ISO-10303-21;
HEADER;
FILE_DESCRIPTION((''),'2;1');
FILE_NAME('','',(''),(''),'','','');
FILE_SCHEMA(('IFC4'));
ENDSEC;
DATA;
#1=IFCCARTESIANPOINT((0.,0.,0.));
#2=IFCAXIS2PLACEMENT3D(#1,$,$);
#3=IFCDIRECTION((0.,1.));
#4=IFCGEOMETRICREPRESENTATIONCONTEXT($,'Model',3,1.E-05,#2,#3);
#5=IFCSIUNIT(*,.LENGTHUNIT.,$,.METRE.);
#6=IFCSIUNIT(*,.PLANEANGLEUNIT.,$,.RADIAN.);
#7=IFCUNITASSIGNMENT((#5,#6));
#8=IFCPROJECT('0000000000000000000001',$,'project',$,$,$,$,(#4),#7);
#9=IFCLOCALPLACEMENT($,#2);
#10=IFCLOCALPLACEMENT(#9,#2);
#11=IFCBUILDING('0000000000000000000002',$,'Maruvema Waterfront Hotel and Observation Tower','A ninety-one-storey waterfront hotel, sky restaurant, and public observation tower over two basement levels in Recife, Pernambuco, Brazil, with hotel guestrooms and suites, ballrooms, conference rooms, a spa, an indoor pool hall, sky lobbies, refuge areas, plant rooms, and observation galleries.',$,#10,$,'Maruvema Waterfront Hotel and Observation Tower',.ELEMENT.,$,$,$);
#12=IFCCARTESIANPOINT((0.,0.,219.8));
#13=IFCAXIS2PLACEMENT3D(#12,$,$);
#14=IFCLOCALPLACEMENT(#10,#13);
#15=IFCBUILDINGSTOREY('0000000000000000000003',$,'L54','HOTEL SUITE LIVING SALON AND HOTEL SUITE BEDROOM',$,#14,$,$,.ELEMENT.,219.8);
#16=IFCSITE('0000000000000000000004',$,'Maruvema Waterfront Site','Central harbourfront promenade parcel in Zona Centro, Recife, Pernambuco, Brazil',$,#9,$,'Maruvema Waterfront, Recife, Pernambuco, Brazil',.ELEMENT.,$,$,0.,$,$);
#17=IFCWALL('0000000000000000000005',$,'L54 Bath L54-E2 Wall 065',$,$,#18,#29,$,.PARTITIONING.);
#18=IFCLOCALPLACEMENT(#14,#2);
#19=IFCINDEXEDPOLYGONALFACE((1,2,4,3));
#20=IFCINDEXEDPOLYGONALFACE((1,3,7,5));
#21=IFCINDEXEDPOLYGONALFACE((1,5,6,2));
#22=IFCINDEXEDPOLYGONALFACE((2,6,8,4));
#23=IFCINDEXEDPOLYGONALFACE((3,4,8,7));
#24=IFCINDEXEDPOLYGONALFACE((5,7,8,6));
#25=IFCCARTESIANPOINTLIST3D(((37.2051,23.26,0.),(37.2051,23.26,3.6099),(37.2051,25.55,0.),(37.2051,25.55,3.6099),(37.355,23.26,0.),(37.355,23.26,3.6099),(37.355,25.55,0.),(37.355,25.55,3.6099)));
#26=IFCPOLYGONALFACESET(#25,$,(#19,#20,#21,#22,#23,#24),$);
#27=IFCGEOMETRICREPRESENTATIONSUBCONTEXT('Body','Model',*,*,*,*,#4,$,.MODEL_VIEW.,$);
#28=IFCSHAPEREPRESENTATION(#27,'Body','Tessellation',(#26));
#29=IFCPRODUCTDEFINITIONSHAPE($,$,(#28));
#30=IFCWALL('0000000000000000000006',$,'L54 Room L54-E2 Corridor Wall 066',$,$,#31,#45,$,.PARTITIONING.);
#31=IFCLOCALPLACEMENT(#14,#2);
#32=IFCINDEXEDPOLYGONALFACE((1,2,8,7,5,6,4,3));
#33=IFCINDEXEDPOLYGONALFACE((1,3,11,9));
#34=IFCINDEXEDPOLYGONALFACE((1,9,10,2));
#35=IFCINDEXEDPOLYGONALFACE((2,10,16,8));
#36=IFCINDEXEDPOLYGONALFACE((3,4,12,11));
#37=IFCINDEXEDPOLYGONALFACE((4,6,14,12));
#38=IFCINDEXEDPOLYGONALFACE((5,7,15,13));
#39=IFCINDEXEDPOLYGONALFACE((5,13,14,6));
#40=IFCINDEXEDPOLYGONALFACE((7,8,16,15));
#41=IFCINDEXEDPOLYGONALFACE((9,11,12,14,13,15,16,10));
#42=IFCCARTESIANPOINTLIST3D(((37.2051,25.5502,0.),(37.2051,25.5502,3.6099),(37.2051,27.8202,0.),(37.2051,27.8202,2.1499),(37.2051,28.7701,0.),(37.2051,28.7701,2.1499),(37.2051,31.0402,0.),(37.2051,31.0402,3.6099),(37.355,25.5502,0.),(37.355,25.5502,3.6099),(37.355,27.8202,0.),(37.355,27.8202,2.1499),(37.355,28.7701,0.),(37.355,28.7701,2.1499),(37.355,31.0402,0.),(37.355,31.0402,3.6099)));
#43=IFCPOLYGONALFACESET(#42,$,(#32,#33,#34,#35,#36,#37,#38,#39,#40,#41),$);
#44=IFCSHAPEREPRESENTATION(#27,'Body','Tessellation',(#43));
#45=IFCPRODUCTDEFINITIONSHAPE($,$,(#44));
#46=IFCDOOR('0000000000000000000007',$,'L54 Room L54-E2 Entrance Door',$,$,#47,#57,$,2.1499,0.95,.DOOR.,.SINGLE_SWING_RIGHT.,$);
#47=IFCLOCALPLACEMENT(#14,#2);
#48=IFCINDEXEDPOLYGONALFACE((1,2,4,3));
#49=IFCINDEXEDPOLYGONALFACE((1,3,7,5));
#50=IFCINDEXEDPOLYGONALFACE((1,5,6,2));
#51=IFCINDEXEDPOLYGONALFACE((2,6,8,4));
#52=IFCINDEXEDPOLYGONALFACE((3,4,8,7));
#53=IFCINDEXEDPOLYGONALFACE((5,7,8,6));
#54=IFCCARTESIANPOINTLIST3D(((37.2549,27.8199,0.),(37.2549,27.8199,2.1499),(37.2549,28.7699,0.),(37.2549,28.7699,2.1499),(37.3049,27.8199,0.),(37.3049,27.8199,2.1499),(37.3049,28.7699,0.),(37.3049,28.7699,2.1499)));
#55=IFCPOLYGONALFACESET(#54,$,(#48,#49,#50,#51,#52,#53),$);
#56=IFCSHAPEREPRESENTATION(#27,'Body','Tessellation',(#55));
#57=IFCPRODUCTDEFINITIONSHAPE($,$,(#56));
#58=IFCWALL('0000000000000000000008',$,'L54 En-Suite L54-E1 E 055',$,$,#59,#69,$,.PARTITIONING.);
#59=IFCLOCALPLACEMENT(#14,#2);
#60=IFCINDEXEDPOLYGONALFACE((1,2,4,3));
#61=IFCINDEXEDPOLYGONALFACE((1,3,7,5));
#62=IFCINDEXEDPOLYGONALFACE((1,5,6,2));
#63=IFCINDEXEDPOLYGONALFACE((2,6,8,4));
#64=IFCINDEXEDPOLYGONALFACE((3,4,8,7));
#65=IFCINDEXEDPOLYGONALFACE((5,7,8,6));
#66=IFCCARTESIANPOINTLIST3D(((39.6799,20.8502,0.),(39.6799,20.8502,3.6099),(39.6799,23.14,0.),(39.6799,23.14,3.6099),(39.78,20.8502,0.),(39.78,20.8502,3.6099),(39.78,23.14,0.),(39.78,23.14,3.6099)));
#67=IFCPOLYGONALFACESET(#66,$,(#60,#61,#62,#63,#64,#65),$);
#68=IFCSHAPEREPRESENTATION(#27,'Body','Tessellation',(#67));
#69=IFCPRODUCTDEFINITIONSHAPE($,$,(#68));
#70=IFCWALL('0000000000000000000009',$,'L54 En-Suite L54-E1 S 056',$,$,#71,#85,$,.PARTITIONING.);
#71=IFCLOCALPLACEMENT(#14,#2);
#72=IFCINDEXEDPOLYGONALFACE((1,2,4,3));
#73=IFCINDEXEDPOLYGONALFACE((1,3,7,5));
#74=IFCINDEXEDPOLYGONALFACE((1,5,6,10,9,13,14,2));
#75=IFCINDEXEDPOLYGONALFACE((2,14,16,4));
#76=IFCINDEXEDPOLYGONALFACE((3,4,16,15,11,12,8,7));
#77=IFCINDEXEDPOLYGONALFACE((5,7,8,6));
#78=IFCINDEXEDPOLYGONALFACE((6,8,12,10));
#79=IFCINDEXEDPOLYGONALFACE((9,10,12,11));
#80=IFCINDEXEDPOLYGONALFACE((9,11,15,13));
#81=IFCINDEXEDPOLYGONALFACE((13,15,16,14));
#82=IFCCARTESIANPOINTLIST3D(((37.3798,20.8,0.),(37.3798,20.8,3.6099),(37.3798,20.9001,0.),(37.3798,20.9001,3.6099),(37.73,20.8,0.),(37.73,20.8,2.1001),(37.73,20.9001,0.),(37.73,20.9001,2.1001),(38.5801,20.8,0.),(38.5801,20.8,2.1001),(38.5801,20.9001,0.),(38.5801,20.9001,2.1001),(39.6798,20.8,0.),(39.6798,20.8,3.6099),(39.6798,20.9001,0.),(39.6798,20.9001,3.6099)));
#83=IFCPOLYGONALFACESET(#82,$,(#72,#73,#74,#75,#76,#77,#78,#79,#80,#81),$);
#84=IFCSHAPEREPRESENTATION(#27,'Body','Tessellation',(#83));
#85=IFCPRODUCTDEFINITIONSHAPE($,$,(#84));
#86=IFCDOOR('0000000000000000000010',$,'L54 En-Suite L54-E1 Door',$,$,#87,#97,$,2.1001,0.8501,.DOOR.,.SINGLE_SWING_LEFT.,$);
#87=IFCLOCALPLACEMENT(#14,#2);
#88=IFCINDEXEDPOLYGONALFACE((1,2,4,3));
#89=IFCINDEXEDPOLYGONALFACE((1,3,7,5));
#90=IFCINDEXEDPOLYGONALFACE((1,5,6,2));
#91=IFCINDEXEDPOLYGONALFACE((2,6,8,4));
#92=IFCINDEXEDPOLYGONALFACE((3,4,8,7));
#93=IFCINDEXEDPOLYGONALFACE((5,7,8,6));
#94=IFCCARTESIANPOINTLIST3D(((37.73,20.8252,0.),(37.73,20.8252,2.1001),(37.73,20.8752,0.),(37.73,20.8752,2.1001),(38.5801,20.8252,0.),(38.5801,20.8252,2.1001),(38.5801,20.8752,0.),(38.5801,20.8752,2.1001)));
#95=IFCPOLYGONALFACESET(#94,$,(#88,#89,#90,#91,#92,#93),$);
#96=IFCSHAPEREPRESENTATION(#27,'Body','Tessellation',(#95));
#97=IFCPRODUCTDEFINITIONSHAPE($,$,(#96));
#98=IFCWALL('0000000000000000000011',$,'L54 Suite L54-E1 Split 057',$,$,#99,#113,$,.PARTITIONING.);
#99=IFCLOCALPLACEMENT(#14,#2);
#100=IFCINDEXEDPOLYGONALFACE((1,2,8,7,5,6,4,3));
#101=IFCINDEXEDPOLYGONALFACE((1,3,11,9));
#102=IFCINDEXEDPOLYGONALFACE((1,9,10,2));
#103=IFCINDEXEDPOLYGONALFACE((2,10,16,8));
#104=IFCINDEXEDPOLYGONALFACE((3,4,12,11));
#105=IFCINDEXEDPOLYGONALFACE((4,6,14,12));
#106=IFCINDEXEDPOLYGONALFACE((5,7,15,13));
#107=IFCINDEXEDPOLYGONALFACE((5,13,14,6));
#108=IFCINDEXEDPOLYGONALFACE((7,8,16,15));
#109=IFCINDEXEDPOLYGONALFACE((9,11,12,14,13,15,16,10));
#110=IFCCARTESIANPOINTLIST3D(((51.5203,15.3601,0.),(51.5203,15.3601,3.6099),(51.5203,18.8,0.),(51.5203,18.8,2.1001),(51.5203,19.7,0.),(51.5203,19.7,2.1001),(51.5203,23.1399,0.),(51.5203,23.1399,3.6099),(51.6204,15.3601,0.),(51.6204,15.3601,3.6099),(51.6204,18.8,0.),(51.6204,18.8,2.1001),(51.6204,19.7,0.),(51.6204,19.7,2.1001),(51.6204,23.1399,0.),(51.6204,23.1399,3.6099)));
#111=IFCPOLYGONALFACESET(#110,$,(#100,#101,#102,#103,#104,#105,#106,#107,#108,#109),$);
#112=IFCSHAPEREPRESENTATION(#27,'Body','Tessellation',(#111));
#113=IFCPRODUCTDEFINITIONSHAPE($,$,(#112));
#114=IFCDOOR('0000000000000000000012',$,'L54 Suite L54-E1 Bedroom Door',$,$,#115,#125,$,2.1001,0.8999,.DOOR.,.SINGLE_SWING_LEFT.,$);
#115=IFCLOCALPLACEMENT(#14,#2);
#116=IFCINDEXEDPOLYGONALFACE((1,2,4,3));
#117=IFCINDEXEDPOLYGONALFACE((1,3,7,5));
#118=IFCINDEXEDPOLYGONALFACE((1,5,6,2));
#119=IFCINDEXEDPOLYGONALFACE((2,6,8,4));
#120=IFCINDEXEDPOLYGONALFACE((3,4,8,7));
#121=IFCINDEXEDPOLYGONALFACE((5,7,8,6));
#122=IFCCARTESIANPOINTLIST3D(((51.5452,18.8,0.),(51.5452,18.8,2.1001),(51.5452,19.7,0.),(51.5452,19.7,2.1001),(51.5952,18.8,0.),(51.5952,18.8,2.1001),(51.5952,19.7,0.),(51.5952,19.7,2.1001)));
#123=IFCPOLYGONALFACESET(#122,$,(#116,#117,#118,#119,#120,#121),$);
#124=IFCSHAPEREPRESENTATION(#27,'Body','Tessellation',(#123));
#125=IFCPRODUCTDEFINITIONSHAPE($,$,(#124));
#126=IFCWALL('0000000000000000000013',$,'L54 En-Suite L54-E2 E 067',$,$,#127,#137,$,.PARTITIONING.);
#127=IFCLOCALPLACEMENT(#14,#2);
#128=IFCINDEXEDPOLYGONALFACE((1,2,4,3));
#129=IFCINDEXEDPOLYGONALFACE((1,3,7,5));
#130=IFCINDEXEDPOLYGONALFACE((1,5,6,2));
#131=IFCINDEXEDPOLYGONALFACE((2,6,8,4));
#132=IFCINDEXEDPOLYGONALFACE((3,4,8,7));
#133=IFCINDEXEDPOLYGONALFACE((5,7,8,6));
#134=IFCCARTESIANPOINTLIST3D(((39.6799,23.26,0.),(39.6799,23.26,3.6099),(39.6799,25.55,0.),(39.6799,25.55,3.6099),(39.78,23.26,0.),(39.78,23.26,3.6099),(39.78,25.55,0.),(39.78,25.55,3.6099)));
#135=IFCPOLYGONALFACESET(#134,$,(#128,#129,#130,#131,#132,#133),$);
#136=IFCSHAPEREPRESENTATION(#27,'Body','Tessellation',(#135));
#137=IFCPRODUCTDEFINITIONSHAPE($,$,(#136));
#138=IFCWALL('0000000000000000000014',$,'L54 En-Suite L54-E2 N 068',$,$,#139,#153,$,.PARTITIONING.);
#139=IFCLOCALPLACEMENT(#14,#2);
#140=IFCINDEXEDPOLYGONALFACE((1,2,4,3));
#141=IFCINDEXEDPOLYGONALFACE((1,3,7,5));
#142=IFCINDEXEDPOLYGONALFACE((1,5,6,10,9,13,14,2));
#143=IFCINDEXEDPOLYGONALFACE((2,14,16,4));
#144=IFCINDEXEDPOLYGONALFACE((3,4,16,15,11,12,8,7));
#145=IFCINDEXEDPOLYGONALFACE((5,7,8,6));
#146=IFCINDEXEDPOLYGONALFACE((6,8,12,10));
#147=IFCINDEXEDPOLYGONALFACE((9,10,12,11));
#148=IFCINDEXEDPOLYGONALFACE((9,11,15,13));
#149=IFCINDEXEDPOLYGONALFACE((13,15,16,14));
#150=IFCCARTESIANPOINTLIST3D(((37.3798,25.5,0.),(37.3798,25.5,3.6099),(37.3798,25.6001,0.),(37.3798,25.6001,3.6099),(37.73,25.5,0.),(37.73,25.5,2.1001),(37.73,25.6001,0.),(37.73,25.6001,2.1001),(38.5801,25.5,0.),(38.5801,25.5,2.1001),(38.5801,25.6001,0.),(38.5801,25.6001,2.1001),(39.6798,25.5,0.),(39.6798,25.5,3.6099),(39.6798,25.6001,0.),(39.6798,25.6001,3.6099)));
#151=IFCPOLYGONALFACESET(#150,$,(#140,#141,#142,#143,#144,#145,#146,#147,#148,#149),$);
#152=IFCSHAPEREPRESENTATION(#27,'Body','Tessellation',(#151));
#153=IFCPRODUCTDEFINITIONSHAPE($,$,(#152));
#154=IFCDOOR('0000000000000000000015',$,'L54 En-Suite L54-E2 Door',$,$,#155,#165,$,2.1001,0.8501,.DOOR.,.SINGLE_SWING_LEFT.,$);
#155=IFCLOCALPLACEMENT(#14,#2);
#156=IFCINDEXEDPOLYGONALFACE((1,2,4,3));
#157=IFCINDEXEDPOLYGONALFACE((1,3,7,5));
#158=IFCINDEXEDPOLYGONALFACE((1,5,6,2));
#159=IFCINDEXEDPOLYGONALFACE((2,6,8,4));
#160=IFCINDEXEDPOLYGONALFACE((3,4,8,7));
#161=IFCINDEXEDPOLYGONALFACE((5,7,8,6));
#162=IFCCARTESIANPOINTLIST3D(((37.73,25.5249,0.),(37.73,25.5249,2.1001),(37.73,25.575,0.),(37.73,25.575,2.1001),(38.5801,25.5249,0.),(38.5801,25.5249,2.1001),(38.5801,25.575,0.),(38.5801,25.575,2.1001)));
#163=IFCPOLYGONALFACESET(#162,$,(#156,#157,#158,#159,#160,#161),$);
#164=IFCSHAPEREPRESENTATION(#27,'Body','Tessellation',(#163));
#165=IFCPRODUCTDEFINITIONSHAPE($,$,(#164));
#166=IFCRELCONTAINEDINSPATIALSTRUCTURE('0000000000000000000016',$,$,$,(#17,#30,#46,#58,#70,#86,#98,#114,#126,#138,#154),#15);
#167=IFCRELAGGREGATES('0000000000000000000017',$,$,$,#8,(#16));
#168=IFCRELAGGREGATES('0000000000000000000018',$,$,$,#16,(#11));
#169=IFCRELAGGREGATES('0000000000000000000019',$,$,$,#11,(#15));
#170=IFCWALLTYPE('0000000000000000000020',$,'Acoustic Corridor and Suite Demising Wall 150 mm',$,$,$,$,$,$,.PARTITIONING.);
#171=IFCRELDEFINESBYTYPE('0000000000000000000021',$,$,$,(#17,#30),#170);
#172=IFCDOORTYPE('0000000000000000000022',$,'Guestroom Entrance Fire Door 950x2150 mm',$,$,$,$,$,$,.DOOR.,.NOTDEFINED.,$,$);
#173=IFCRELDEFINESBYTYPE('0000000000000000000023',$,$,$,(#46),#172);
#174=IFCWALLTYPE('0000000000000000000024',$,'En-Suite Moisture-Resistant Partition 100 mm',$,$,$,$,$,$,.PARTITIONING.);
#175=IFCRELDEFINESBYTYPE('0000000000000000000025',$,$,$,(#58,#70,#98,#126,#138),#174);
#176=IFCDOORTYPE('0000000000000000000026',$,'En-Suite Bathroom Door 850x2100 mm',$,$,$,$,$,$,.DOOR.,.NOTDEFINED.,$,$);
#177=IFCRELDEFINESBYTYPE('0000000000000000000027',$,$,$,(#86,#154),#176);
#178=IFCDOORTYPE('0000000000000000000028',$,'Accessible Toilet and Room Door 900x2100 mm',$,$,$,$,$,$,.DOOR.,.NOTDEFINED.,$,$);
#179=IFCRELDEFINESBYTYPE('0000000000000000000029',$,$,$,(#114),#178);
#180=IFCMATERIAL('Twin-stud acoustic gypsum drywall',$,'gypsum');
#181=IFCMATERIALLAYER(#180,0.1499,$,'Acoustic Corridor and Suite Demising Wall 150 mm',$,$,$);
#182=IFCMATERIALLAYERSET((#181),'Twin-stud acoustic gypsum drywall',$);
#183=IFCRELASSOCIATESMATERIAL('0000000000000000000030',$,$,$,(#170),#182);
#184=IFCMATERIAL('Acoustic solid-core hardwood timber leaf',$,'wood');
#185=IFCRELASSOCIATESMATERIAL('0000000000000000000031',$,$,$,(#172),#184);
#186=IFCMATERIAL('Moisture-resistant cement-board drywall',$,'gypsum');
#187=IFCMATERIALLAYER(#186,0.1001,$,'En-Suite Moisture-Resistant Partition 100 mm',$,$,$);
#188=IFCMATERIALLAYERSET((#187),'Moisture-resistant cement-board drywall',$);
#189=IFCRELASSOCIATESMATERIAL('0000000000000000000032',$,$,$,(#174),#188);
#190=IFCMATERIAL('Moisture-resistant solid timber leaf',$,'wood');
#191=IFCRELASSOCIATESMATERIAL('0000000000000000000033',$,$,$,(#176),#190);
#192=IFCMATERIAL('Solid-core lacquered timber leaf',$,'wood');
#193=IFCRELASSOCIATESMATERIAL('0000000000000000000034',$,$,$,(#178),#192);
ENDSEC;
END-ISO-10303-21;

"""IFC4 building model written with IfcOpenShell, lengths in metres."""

from ifc_helpers import new_model, si_unit, direction, frame, frame_2d, origin, place, context, subcontext, project, spatial, rectangle, extrude, material, layer, layer_set, type_object, element, fill, save


model = new_model("IFC4")

# Units and contexts
model_context = context("Model", 3, precision=1e-05, world=origin(), true_north=direction((0.0, 1.0)))
body_context = subcontext(model_context, "Body", "Model", "MODEL_VIEW")
ifc_project = project(units=[si_unit("LENGTHUNIT", "METRE"), si_unit("PLANEANGLEUNIT", "RADIAN")], contexts=[model_context])

# Site, building, storey
site_placement = place(None, origin())
site = spatial("IfcSite", under=ifc_project, at=site_placement, Name="Maruvema Waterfront Site", Description="Central harbourfront promenade parcel in Zona Centro, Recife, Pernambuco, Brazil", LongName="Maruvema Waterfront, Recife, Pernambuco, Brazil", CompositionType="ELEMENT", RefElevation=0.0)
building_placement = place(site_placement, origin())
building = spatial("IfcBuilding", under=site, at=building_placement, Name="Maruvema Waterfront Hotel and Observation Tower", Description="A ninety-one-storey waterfront hotel, sky restaurant, and public observation tower over two basement levels in Recife, Pernambuco, Brazil, with hotel guestrooms and suites, ballrooms, conference rooms, a spa, an indoor pool hall, sky lobbies, refuge areas, plant rooms, and observation galleries.", LongName="Maruvema Waterfront Hotel and Observation Tower", CompositionType="ELEMENT")
storey_placement = place(building_placement, frame((0.0, 0.0, 219.8)))
storey = spatial("IfcBuildingStorey", under=building, at=storey_placement, Name="L54", Description="HOTEL SUITE LIVING SALON AND HOTEL SUITE BEDROOM", CompositionType="ELEMENT", Elevation=219.8)

# Shared definitions
ifc_material_1 = material(Name="Twin-stud acoustic gypsum drywall", Category="gypsum")
ifc_layer_1 = layer(ifc_material_1, 0.1499, Name="Acoustic Corridor and Suite Demising Wall 150 mm")
ifc_layer_set_1 = layer_set([ifc_layer_1], Name="Twin-stud acoustic gypsum drywall")
wall_type_1 = type_object("IfcWallType", Name="Acoustic Corridor and Suite Demising Wall 150 mm", PredefinedType="PARTITIONING", material=ifc_layer_set_1)
ifc_material_2 = material(Name="Acoustic solid-core hardwood timber leaf", Category="wood")
door_type_1 = type_object("IfcDoorType", Name="Guestroom Entrance Fire Door 950x2150 mm", OperationType="NOTDEFINED", PredefinedType="DOOR", material=ifc_material_2)

# Wall
wall_1_placement = place(storey_placement, frame((37.28, 23.26, 0.0), z_axis=(0.0, 0.0, 1.0), x_axis=(0.0, 1.0, 0.0)))
element("IfcWall", 1, at=wall_1_placement, inside=storey, type_object=wall_type_1, Name="L54 Bath L54-E2 Wall 065", PredefinedType="PARTITIONING", context=body_context, shape_type="SweptSolid", body=[
    extrude(rectangle(XDim=2.29, YDim=0.1499, at=frame_2d((1.145, 0.0))), origin(), (0.0, 0.0, 1.0), 3.6099),
])

# Wall, opening, door
wall_2_placement = place(storey_placement, frame((37.28, 25.55, 0.0), z_axis=(0.0, 0.0, 1.0), x_axis=(0.0, 1.0, 0.0)))
wall_2 = element("IfcWall", 2, at=wall_2_placement, inside=storey, type_object=wall_type_1, Name="L54 Room L54-E2 Corridor Wall 066", PredefinedType="PARTITIONING", context=body_context, shape_type="SweptSolid", body=[
    extrude(rectangle(XDim=5.49, YDim=0.1499, at=frame_2d((2.7451, 0.0))), origin(), (0.0, 0.0, 1.0), 3.6099),
])
opening_1_placement = place(wall_2_placement, frame((2.27, 0.0, 0.0)))
opening_1 = element("IfcOpeningElement", 3, at=opening_1_placement, cuts=wall_2, PredefinedType="OPENING", context=body_context, shape_type="SweptSolid", body=[
    extrude(rectangle(XDim=0.95, YDim=2.1499, at=frame_2d((0.4751, 1.075))), frame((0.0, 0.085, 0.0), z_axis=(0.0, -1.0, 0.0), x_axis=(1.0, 0.0, 0.0)), (0.0, 0.0, 1.0), 0.1699),
])
door_1_placement = place(opening_1_placement, frame((0.95, 0.0, 0.0), z_axis=(0.0, 0.0, 1.0), x_axis=(-1.0, 0.0, 0.0)))
door_1 = element("IfcDoor", 4, at=door_1_placement, inside=storey, type_object=door_type_1, Name="L54 Room L54-E2 Entrance Door", OperationType="SINGLE_SWING_RIGHT", OverallHeight=2.1499, OverallWidth=0.95, PredefinedType="DOOR", context=body_context, shape_type="SweptSolid", body=[
    extrude(rectangle(XDim=0.95, YDim=2.1499, at=frame_2d((0.4751, 1.075))), frame((0.0, 0.0249, 0.0), z_axis=(0.0, -1.0, 0.0), x_axis=(1.0, 0.0, 0.0)), (0.0, 0.0, 1.0), 0.05),
])
fill(opening_1, door_1)

# Wall
ifc_material_3 = material(Name="Moisture-resistant cement-board drywall", Category="gypsum")
ifc_layer_2 = layer(ifc_material_3, 0.1001, Name="En-Suite Moisture-Resistant Partition 100 mm")
ifc_layer_set_2 = layer_set([ifc_layer_2], Name="Moisture-resistant cement-board drywall")
wall_type_2 = type_object("IfcWallType", Name="En-Suite Moisture-Resistant Partition 100 mm", PredefinedType="PARTITIONING", material=ifc_layer_set_2)
wall_3_placement = place(storey_placement, frame((39.73, 20.8501, 0.0), z_axis=(0.0, 0.0, 1.0), x_axis=(0.0, 1.0, 0.0)))
element("IfcWall", 5, at=wall_3_placement, inside=storey, type_object=wall_type_2, Name="L54 En-Suite L54-E1 E 055", PredefinedType="PARTITIONING", context=body_context, shape_type="SweptSolid", body=[
    extrude(rectangle(XDim=2.2898, YDim=0.1001, at=frame_2d((1.145, 0.0))), origin(), (0.0, 0.0, 1.0), 3.6099),
])

# Walls, openings, doors
wall_4_placement = place(storey_placement, frame((37.3799, 20.8501, 0.0), z_axis=(0.0, 0.0, 1.0), x_axis=(1.0, 0.0, 0.0)))
wall_4 = element("IfcWall", 6, at=wall_4_placement, inside=storey, type_object=wall_type_2, Name="L54 En-Suite L54-E1 S 056", PredefinedType="PARTITIONING", context=body_context, shape_type="SweptSolid", body=[
    extrude(rectangle(XDim=2.3, YDim=0.1001, at=frame_2d((1.1499, 0.0))), origin(), (0.0, 0.0, 1.0), 3.6099),
])
opening_2_placement = place(wall_4_placement, frame((0.3501, 0.0, 0.0)))
opening_2 = element("IfcOpeningElement", 7, at=opening_2_placement, cuts=wall_4, PredefinedType="OPENING", context=body_context, shape_type="SweptSolid", body=[
    extrude(rectangle(XDim=0.8501, YDim=2.1001, at=frame_2d((0.425, 1.05))), frame((0.0, 0.0601, 0.0), z_axis=(0.0, -1.0, 0.0), x_axis=(1.0, 0.0, 0.0)), (0.0, 0.0, 1.0), 0.1201),
])
ifc_material_4 = material(Name="Moisture-resistant solid timber leaf", Category="wood")
door_type_2 = type_object("IfcDoorType", Name="En-Suite Bathroom Door 850x2100 mm", OperationType="NOTDEFINED", PredefinedType="DOOR", material=ifc_material_4)
door_2_placement = place(opening_2_placement, frame((0.8501, 0.0, 0.0), z_axis=(0.0, 0.0, 1.0), x_axis=(-1.0, 0.0, 0.0)))
door_2 = element("IfcDoor", 8, at=door_2_placement, inside=storey, type_object=door_type_2, Name="L54 En-Suite L54-E1 Door", OperationType="SINGLE_SWING_LEFT", OverallHeight=2.1001, OverallWidth=0.8501, PredefinedType="DOOR", context=body_context, shape_type="SweptSolid", body=[
    extrude(rectangle(XDim=0.8501, YDim=2.1001, at=frame_2d((0.425, 1.05))), frame((0.0, 0.0249, 0.0), z_axis=(0.0, -1.0, 0.0), x_axis=(1.0, 0.0, 0.0)), (0.0, 0.0, 1.0), 0.05),
])
fill(opening_2, door_2)
wall_5_placement = place(storey_placement, frame((51.5703, 15.3601, 0.0), z_axis=(0.0, 0.0, 1.0), x_axis=(0.0, 1.0, 0.0)))
wall_5 = element("IfcWall", 9, at=wall_5_placement, inside=storey, type_object=wall_type_2, Name="L54 Suite L54-E1 Split 057", PredefinedType="PARTITIONING", context=body_context, shape_type="SweptSolid", body=[
    extrude(rectangle(XDim=7.7798, YDim=0.1001, at=frame_2d((3.8899, 0.0))), origin(), (0.0, 0.0, 1.0), 3.6099),
])
opening_3_placement = place(wall_5_placement, frame((3.4399, 0.0, 0.0)))
opening_3 = element("IfcOpeningElement", 10, at=opening_3_placement, cuts=wall_5, PredefinedType="OPENING", context=body_context, shape_type="SweptSolid", body=[
    extrude(rectangle(XDim=0.8999, YDim=2.1001, at=frame_2d((0.45, 1.05))), frame((0.0, 0.0601, 0.0), z_axis=(0.0, -1.0, 0.0), x_axis=(1.0, 0.0, 0.0)), (0.0, 0.0, 1.0), 0.1201),
])
ifc_material_5 = material(Name="Solid-core lacquered timber leaf", Category="wood")
door_type_3 = type_object("IfcDoorType", Name="Accessible Toilet and Room Door 900x2100 mm", OperationType="NOTDEFINED", PredefinedType="DOOR", material=ifc_material_5)
door_3_placement = place(opening_3_placement, frame((0.8999, 0.0, 0.0), z_axis=(0.0, 0.0, 1.0), x_axis=(-1.0, 0.0, 0.0)))
door_3 = element("IfcDoor", 11, at=door_3_placement, inside=storey, type_object=door_type_3, Name="L54 Suite L54-E1 Bedroom Door", OperationType="SINGLE_SWING_LEFT", OverallHeight=2.1001, OverallWidth=0.8999, PredefinedType="DOOR", context=body_context, shape_type="SweptSolid", body=[
    extrude(rectangle(XDim=0.8999, YDim=2.1001, at=frame_2d((0.45, 1.05))), frame((0.0, 0.0249, 0.0), z_axis=(0.0, -1.0, 0.0), x_axis=(1.0, 0.0, 0.0)), (0.0, 0.0, 1.0), 0.05),
])
fill(opening_3, door_3)

# Wall
wall_6_placement = place(storey_placement, frame((39.73, 23.26, 0.0), z_axis=(0.0, 0.0, 1.0), x_axis=(0.0, 1.0, 0.0)))
element("IfcWall", 12, at=wall_6_placement, inside=storey, type_object=wall_type_2, Name="L54 En-Suite L54-E2 E 067", PredefinedType="PARTITIONING", context=body_context, shape_type="SweptSolid", body=[
    extrude(rectangle(XDim=2.29, YDim=0.1001, at=frame_2d((1.145, 0.0))), origin(), (0.0, 0.0, 1.0), 3.6099),
])

# Wall, opening, door
wall_7_placement = place(storey_placement, frame((37.3799, 25.55, 0.0), z_axis=(0.0, 0.0, 1.0), x_axis=(1.0, 0.0, 0.0)))
wall_7 = element("IfcWall", 13, at=wall_7_placement, inside=storey, type_object=wall_type_2, Name="L54 En-Suite L54-E2 N 068", PredefinedType="PARTITIONING", context=body_context, shape_type="SweptSolid", body=[
    extrude(rectangle(XDim=2.3, YDim=0.1001, at=frame_2d((1.1499, 0.0))), origin(), (0.0, 0.0, 1.0), 3.6099),
])
opening_4_placement = place(wall_7_placement, frame((0.3501, 0.0, 0.0)))
opening_4 = element("IfcOpeningElement", 14, at=opening_4_placement, cuts=wall_7, PredefinedType="OPENING", context=body_context, shape_type="SweptSolid", body=[
    extrude(rectangle(XDim=0.8501, YDim=2.1001, at=frame_2d((0.425, 1.05))), frame((0.0, 0.0601, 0.0), z_axis=(0.0, -1.0, 0.0), x_axis=(1.0, 0.0, 0.0)), (0.0, 0.0, 1.0), 0.1201),
])
door_4_placement = place(opening_4_placement, origin())
door_4 = element("IfcDoor", 15, at=door_4_placement, inside=storey, type_object=door_type_2, Name="L54 En-Suite L54-E2 Door", OperationType="SINGLE_SWING_LEFT", OverallHeight=2.1001, OverallWidth=0.8501, PredefinedType="DOOR", context=body_context, shape_type="SweptSolid", body=[
    extrude(rectangle(XDim=0.8501, YDim=2.1001, at=frame_2d((0.425, 1.05))), frame((0.0, 0.0249, 0.0), z_axis=(0.0, -1.0, 0.0), x_axis=(1.0, 0.0, 0.0)), (0.0, 0.0, 1.0), 0.05),
])
fill(opening_4, door_4)

save(model, "model.ifc")
